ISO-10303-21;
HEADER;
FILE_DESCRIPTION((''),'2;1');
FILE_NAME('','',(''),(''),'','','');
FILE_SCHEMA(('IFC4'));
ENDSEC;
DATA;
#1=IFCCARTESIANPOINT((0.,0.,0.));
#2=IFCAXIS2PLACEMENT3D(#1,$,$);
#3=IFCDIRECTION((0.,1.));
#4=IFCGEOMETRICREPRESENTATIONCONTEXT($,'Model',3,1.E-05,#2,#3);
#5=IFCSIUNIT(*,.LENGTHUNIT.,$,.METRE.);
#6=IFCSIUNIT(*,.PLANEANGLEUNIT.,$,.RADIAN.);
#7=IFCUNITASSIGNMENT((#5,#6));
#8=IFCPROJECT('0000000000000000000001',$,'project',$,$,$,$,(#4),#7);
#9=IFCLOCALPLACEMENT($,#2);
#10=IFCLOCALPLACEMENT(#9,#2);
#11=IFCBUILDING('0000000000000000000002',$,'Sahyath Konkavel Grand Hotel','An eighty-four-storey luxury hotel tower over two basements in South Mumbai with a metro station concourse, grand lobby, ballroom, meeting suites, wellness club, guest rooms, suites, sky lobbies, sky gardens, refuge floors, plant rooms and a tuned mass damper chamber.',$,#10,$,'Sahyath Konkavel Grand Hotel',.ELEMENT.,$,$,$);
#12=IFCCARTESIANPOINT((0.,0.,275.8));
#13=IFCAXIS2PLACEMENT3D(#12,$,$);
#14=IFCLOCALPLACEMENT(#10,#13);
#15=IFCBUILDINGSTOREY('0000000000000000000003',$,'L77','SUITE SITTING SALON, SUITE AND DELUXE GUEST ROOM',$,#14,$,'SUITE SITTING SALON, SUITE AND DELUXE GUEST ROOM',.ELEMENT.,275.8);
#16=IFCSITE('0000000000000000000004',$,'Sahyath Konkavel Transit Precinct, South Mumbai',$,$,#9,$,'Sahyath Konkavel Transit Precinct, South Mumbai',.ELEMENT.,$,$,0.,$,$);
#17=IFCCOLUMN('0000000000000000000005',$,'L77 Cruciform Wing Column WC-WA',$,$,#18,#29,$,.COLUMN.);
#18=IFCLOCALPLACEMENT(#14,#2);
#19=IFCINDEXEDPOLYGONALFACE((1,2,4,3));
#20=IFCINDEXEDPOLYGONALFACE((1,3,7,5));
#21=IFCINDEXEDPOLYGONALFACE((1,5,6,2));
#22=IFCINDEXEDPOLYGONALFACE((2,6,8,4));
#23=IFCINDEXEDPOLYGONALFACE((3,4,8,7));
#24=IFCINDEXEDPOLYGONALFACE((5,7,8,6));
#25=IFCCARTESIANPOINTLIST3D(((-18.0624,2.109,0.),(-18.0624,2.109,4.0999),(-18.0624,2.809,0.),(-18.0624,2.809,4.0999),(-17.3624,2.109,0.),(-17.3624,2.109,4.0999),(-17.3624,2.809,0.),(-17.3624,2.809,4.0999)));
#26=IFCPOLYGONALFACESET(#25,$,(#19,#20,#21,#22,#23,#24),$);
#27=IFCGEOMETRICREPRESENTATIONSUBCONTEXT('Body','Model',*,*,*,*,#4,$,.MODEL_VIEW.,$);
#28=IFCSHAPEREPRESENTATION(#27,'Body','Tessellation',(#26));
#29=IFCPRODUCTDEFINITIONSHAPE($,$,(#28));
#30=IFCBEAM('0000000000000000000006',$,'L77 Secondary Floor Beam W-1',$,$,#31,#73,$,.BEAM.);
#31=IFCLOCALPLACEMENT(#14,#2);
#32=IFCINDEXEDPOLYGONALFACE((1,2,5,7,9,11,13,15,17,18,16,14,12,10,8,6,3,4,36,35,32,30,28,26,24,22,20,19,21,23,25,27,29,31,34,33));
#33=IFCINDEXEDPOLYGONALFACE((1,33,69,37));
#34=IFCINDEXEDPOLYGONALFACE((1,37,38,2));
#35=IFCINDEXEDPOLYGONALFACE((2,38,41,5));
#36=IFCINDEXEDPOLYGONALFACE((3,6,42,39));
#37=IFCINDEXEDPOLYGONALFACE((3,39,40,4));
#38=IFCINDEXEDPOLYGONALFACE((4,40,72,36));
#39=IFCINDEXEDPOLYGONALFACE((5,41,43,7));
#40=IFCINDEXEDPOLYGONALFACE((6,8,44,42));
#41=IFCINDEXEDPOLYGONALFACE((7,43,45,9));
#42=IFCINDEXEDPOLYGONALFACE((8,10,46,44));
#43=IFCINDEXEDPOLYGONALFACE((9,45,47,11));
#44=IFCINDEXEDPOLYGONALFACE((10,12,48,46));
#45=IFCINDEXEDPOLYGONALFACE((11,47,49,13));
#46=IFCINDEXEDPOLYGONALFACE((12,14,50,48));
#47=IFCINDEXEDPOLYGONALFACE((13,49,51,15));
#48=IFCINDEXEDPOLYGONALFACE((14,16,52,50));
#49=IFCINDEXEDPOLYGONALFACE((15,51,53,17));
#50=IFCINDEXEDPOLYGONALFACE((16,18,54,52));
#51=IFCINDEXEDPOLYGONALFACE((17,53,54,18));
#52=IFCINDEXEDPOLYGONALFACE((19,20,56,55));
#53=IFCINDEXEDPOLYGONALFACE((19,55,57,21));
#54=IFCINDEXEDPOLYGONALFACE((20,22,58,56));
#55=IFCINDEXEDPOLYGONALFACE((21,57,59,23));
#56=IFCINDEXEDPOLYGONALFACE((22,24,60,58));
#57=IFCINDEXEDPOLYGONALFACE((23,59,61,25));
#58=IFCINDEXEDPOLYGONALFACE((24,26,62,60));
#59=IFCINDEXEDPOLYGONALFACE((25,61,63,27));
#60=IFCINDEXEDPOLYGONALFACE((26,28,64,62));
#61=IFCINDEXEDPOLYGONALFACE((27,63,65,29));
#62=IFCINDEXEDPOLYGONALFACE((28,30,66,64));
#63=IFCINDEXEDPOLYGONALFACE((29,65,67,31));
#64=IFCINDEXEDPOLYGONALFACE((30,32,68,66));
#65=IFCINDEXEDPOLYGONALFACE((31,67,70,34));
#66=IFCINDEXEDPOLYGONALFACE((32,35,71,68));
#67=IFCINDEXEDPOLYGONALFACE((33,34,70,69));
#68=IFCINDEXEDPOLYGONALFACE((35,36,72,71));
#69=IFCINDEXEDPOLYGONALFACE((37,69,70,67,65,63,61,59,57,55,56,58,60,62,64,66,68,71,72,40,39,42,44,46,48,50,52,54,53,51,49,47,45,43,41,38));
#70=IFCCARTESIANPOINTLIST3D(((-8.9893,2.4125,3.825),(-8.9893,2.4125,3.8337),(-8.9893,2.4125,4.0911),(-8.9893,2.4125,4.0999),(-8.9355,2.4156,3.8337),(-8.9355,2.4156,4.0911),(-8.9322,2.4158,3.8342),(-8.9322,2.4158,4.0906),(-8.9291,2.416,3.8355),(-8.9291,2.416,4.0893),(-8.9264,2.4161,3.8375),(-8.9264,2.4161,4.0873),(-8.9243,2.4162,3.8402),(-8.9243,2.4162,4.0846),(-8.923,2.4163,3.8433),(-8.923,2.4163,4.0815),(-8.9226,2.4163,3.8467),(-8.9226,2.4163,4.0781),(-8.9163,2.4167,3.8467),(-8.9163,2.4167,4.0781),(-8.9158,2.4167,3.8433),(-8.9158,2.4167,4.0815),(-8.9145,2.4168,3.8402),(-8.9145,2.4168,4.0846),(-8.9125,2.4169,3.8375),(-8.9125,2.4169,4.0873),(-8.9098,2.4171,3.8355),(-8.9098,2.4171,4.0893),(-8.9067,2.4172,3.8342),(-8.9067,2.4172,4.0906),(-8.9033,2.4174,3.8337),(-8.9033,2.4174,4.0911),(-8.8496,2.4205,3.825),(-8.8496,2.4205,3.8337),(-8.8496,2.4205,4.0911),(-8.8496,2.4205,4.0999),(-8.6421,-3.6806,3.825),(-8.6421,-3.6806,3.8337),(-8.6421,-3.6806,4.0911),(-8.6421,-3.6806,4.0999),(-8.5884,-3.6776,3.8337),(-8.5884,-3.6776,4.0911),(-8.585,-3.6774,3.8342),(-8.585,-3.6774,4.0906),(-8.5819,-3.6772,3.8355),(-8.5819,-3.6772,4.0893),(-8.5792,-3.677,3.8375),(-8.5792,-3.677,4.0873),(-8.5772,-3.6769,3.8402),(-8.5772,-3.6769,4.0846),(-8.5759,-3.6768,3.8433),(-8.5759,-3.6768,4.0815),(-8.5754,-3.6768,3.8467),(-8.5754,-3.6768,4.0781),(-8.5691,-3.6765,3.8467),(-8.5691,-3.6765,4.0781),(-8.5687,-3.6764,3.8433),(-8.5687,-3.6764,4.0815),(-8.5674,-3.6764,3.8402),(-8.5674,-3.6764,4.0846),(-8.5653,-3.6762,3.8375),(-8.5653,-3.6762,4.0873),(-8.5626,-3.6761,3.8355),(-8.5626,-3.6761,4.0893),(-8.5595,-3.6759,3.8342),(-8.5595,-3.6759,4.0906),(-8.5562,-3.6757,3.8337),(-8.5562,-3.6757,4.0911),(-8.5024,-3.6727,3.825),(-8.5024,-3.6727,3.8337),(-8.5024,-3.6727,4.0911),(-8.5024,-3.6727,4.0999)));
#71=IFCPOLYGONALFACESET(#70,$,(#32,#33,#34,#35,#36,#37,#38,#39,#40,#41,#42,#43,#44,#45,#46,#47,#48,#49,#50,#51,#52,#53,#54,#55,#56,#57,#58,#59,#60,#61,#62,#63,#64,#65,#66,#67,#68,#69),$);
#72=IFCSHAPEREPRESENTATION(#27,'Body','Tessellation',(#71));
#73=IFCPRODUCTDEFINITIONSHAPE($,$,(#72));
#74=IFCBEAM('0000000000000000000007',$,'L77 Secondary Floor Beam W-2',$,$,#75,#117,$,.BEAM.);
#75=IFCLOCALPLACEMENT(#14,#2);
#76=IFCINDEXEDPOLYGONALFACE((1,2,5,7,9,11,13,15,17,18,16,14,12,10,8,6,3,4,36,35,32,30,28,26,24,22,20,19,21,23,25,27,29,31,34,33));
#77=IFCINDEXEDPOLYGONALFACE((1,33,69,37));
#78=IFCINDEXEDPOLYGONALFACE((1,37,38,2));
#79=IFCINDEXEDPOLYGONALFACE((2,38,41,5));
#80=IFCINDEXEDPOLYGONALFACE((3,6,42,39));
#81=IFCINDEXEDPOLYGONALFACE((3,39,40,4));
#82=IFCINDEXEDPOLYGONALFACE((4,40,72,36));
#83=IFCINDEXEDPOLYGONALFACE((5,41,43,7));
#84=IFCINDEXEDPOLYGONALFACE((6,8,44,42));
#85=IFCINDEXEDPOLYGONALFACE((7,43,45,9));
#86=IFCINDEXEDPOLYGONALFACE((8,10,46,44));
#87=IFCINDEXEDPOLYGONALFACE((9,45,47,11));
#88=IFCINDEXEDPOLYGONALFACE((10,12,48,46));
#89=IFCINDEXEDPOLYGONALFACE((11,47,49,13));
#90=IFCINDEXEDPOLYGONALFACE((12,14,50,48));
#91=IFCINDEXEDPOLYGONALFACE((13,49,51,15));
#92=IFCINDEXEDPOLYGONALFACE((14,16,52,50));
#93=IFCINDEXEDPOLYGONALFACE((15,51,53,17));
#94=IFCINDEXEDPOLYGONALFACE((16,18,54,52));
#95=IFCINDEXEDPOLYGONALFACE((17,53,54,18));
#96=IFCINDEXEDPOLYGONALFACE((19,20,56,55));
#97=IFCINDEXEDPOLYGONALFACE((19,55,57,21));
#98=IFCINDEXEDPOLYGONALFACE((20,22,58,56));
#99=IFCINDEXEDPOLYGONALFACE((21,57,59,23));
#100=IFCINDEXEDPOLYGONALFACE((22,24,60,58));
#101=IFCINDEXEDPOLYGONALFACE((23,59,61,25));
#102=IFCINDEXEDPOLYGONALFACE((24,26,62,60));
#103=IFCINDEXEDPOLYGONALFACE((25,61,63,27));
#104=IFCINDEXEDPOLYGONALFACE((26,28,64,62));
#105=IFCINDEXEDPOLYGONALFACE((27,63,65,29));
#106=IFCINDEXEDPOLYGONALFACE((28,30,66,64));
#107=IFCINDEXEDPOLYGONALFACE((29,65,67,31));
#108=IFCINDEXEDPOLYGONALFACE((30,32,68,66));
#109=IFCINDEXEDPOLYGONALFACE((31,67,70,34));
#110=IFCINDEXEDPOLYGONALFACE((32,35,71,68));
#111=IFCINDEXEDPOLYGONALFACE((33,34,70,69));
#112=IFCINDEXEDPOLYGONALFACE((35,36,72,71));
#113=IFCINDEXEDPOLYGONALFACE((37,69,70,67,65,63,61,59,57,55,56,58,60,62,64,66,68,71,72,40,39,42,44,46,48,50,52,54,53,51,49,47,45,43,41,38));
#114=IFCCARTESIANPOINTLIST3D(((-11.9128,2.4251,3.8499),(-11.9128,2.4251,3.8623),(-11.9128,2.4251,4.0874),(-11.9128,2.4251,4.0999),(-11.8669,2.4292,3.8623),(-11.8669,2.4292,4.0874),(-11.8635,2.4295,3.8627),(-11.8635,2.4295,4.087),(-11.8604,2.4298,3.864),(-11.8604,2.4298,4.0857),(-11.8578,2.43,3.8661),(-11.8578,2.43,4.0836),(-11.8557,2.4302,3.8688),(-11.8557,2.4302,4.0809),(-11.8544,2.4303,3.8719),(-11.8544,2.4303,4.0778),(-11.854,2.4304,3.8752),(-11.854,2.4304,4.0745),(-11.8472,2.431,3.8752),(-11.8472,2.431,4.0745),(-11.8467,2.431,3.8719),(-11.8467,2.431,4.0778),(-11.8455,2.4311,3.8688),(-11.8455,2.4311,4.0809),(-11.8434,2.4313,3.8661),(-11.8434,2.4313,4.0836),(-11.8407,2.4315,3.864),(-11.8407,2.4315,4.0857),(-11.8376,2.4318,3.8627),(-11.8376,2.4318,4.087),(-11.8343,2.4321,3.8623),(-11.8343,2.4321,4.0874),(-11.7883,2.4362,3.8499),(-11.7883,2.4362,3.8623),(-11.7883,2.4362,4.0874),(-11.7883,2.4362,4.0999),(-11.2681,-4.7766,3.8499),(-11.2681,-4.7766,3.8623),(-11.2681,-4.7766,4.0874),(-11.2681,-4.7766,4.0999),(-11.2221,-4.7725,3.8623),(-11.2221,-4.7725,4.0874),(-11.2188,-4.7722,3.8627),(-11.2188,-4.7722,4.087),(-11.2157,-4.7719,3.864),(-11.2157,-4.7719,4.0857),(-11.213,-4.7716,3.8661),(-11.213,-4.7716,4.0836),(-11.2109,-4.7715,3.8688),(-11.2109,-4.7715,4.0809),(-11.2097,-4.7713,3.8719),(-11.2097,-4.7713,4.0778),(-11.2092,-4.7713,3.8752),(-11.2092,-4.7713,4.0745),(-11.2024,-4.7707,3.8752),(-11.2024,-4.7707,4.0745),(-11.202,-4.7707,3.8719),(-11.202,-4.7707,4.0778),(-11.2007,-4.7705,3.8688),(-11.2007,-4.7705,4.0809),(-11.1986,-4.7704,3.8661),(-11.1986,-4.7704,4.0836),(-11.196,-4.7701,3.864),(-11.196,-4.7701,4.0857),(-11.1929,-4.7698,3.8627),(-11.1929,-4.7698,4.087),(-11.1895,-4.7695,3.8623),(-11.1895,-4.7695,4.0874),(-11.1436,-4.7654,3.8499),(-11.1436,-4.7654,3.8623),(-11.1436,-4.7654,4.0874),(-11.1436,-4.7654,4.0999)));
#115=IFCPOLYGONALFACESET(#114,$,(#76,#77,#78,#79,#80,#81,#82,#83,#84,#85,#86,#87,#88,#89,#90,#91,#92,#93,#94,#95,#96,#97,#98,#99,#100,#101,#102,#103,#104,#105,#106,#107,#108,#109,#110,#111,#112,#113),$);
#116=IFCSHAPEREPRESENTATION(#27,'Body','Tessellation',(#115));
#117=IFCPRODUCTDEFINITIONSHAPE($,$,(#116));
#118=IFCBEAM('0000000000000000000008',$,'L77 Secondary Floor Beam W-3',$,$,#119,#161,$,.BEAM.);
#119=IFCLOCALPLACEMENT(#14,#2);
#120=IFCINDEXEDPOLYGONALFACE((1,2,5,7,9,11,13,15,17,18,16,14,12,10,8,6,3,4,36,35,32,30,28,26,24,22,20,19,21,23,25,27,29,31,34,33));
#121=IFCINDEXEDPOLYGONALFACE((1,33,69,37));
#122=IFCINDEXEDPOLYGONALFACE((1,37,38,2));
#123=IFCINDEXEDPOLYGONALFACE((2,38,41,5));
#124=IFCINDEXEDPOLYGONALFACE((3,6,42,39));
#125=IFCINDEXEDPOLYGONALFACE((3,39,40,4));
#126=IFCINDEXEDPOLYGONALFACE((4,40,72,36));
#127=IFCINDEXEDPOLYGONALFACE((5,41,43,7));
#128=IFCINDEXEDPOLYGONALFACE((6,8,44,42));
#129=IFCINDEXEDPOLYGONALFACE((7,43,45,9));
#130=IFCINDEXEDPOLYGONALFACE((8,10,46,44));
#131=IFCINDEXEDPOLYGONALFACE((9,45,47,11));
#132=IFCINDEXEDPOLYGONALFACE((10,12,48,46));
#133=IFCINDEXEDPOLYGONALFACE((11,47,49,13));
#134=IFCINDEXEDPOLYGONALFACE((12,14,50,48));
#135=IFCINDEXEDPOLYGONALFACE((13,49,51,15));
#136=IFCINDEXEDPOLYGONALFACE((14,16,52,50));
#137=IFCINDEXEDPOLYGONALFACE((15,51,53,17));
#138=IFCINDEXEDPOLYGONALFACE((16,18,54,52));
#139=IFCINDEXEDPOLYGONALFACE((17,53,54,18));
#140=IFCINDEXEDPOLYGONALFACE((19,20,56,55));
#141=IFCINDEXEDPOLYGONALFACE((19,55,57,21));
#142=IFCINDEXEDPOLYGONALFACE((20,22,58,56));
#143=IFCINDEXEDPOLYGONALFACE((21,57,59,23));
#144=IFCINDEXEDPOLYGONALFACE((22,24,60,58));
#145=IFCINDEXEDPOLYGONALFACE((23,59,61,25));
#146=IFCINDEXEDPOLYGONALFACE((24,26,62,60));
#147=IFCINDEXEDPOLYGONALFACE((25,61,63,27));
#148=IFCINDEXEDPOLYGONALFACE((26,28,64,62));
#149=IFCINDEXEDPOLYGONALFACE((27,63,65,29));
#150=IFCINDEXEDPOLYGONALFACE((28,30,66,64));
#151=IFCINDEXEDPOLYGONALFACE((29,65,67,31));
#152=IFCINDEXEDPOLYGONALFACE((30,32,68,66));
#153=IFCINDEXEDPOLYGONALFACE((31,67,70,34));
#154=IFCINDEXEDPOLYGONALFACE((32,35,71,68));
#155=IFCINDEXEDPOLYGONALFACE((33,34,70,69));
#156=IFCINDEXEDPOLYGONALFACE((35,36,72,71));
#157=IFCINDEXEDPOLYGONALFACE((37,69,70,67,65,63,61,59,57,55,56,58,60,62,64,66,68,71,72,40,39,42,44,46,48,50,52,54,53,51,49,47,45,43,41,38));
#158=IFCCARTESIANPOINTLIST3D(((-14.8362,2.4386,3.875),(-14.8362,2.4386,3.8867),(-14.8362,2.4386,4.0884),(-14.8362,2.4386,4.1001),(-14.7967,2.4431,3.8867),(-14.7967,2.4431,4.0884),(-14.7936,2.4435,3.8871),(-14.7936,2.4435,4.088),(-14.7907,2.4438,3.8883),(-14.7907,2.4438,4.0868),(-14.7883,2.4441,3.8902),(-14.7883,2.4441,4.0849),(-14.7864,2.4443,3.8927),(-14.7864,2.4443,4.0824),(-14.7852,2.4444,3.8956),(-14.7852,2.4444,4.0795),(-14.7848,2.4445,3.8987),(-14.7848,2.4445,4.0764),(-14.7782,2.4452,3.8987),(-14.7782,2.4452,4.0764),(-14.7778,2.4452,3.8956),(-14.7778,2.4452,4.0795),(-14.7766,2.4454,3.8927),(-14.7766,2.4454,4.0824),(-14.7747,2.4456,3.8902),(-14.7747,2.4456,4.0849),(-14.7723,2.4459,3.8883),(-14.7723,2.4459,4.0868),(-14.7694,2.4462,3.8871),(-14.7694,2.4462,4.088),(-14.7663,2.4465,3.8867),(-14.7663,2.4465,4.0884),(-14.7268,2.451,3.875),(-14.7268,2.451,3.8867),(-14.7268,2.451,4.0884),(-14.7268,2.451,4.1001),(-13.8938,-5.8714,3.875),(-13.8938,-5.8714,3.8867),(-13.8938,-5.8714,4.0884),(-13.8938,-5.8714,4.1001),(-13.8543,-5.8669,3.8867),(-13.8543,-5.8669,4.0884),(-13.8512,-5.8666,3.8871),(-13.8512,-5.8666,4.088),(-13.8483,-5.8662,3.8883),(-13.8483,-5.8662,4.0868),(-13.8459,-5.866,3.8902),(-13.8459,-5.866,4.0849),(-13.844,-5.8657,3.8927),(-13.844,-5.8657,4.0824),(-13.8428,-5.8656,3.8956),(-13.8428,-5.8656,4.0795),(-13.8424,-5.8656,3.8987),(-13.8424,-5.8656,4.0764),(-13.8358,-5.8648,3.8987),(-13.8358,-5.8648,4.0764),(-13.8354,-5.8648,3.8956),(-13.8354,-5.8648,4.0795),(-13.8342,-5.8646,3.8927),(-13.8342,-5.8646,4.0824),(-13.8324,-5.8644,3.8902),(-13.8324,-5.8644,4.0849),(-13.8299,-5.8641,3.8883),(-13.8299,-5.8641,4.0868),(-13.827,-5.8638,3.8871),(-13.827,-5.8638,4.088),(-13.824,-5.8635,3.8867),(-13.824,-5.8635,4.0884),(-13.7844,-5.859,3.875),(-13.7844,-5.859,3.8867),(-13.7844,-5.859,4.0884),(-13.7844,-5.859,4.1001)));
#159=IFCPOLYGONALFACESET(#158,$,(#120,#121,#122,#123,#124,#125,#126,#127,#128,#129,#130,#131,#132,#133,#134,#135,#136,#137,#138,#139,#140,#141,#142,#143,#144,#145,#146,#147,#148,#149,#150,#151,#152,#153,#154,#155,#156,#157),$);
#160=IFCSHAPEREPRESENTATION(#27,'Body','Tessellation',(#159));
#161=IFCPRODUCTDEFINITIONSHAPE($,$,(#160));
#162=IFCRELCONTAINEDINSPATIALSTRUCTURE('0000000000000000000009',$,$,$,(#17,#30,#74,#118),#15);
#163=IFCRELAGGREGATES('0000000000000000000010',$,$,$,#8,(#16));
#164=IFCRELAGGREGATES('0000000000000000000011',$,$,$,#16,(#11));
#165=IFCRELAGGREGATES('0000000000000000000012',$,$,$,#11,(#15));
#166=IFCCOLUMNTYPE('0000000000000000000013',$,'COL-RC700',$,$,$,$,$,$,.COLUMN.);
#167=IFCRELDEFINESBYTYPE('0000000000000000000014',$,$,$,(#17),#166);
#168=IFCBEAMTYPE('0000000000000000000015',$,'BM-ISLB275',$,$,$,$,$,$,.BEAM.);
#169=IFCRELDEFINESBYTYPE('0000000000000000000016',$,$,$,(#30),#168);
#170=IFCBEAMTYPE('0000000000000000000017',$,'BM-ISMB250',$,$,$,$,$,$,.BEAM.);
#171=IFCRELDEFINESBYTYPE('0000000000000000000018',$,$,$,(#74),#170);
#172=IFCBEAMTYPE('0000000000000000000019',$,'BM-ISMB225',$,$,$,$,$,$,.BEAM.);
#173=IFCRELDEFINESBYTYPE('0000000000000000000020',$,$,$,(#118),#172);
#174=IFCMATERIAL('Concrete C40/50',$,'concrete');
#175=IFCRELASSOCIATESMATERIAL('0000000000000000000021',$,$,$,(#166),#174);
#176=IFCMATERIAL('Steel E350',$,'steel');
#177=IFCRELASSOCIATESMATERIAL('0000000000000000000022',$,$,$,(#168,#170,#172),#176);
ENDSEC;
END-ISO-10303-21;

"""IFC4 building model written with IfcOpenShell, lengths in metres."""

from ifc_helpers import new_model, si_unit, direction, frame, origin, origin_2d, place, context, subcontext, project, spatial, rectangle, i_section, extrude, source, transform, mapped, material, material_profile, profile_set, type_object, element, save


model = new_model("IFC4")

# Units and contexts
model_context = context("Model", 3, precision=1e-05, world=origin(), true_north=direction((0.0, 1.0)))
body_context = subcontext(model_context, "Body", "Model", "MODEL_VIEW")
ifc_project = project(units=[si_unit("LENGTHUNIT", "METRE"), si_unit("PLANEANGLEUNIT", "RADIAN")], contexts=[model_context])

# Site, building, storey
site_placement = place(None, origin())
site = spatial("IfcSite", under=ifc_project, at=site_placement, Name="Sahyath Konkavel Transit Precinct, South Mumbai", LongName="Sahyath Konkavel Transit Precinct, South Mumbai", CompositionType="ELEMENT", RefElevation=0.0)
building_placement = place(site_placement, origin())
building = spatial("IfcBuilding", under=site, at=building_placement, Name="Sahyath Konkavel Grand Hotel", Description="An eighty-four-storey luxury hotel tower over two basements in South Mumbai with a metro station concourse, grand lobby, ballroom, meeting suites, wellness club, guest rooms, suites, sky lobbies, sky gardens, refuge floors, plant rooms and a tuned mass damper chamber.", LongName="Sahyath Konkavel Grand Hotel", CompositionType="ELEMENT")
storey_placement = place(building_placement, frame((0.0, 0.0, 275.8)))
storey = spatial("IfcBuildingStorey", under=building, at=storey_placement, Name="L77", Description="SUITE SITTING SALON, SUITE AND DELUXE GUEST ROOM", LongName="SUITE SITTING SALON, SUITE AND DELUXE GUEST ROOM", CompositionType="ELEMENT", Elevation=275.8)

# Column
ifc_material_1 = material(Name="Concrete C40/50", Category="concrete")
ifc_material_profile_1 = material_profile(ifc_material_1, rectangle(XDim=0.7, YDim=0.7, at=origin_2d()), Name="RC 700x700")
ifc_profile_set_1 = profile_set([ifc_material_profile_1], Name="Concrete C40/50")
column_type = type_object("IfcColumnType", Name="COL-RC700", PredefinedType="COLUMN", material=ifc_profile_set_1)
shared_shape_1 = source(origin(), body_context, "Body", "SweptSolid", [
    extrude(rectangle(XDim=0.7, YDim=0.7, at=origin_2d()), origin(), (0.0, 0.0, 1.0), 4.0999),
])
column_placement = place(storey_placement, frame((-17.7124, 2.459, 0.0), z_axis=(0.0, 0.0, 1.0), x_axis=(1.0, 0.0, 0.0)))
element("IfcColumn", 1, at=column_placement, inside=storey, type_object=column_type, Name="L77 Cruciform Wing Column WC-WA", PredefinedType="COLUMN", context=body_context, shape_type="MappedRepresentation", body=[
    mapped(shared_shape_1, transform((0.0, 0.0, 0.0), scale=1.0)),
])

# Beams
ifc_material_2 = material(Name="Steel E350", Category="steel")
ifc_material_profile_2 = material_profile(ifc_material_2, i_section(OverallWidth=0.1399, OverallDepth=0.2749, WebThickness=0.0063, FlangeThickness=0.0088, FilletRadius=0.0129, at=origin_2d()), Name="ISLB 275")
ifc_profile_set_2 = profile_set([ifc_material_profile_2], Name="Steel E350")
beam_type_1 = type_object("IfcBeamType", Name="BM-ISLB275", PredefinedType="BEAM", material=ifc_profile_set_2)
shared_shape_2 = source(origin(), body_context, "Body", "SweptSolid", [
    extrude(i_section(OverallWidth=0.1399, OverallDepth=0.2749, WebThickness=0.0063, FlangeThickness=0.0088, FilletRadius=0.0129, at=origin_2d()), origin(), (0.0, 0.0, 1.0), 6.103),
])
beam_1_placement = place(storey_placement, frame((-8.9194, 2.4165, 3.9624), z_axis=(0.056883, -0.998381, 0.0), x_axis=(0.998381, 0.056883, 0.0)))
element("IfcBeam", 2, at=beam_1_placement, inside=storey, type_object=beam_type_1, Name="L77 Secondary Floor Beam W-1", PredefinedType="BEAM", context=body_context, shape_type="MappedRepresentation", body=[
    mapped(shared_shape_2, transform((0.0, 0.0, 0.0), scale=1.0)),
])
ifc_material_profile_3 = material_profile(ifc_material_2, i_section(OverallWidth=0.125, OverallDepth=0.25, WebThickness=0.0068, FlangeThickness=0.0125, FilletRadius=0.0129, at=origin_2d()), Name="ISMB 250")
ifc_profile_set_3 = profile_set([ifc_material_profile_3], Name="Steel E350")
beam_type_2 = type_object("IfcBeamType", Name="BM-ISMB250", PredefinedType="BEAM", material=ifc_profile_set_3)
shared_shape_3 = source(origin(), body_context, "Body", "SweptSolid", [
    extrude(i_section(OverallWidth=0.125, OverallDepth=0.25, WebThickness=0.0068, FlangeThickness=0.0125, FilletRadius=0.0129, at=origin_2d()), origin(), (0.0, 0.0, 1.0), 7.2305),
])
beam_2_placement = place(storey_placement, frame((-11.8506, 2.4307, 3.9749), z_axis=(0.089175, -0.996016, 0.0), x_axis=(0.996016, 0.089175, 0.0)))
element("IfcBeam", 3, at=beam_2_placement, inside=storey, type_object=beam_type_2, Name="L77 Secondary Floor Beam W-2", PredefinedType="BEAM", context=body_context, shape_type="MappedRepresentation", body=[
    mapped(shared_shape_3, transform((0.0, 0.0, 0.0), scale=1.0)),
])
ifc_material_profile_4 = material_profile(ifc_material_2, i_section(OverallWidth=0.1101, OverallDepth=0.2251, WebThickness=0.0066, FlangeThickness=0.0117, FilletRadius=0.012, at=origin_2d()), Name="ISMB 225")
ifc_profile_set_4 = profile_set([ifc_material_profile_4], Name="Steel E350")
beam_type_3 = type_object("IfcBeamType", Name="BM-ISMB225", PredefinedType="BEAM", material=ifc_profile_set_4)
shared_shape_4 = source(origin(), body_context, "Body", "SweptSolid", [
    extrude(i_section(OverallWidth=0.1101, OverallDepth=0.2251, WebThickness=0.0066, FlangeThickness=0.0117, FilletRadius=0.012, at=origin_2d()), origin(), (0.0, 0.0, 1.0), 8.3633),
])
beam_3_placement = place(storey_placement, frame((-14.7815, 2.4448, 3.9875), z_axis=(0.11268, -0.993631, 0.0), x_axis=(0.993631, 0.11268, 0.0)))
element("IfcBeam", 4, at=beam_3_placement, inside=storey, type_object=beam_type_3, Name="L77 Secondary Floor Beam W-3", PredefinedType="BEAM", context=body_context, shape_type="MappedRepresentation", body=[
    mapped(shared_shape_4, transform((0.0, 0.0, 0.0), scale=1.0)),
])

save(model, "model.ifc")
